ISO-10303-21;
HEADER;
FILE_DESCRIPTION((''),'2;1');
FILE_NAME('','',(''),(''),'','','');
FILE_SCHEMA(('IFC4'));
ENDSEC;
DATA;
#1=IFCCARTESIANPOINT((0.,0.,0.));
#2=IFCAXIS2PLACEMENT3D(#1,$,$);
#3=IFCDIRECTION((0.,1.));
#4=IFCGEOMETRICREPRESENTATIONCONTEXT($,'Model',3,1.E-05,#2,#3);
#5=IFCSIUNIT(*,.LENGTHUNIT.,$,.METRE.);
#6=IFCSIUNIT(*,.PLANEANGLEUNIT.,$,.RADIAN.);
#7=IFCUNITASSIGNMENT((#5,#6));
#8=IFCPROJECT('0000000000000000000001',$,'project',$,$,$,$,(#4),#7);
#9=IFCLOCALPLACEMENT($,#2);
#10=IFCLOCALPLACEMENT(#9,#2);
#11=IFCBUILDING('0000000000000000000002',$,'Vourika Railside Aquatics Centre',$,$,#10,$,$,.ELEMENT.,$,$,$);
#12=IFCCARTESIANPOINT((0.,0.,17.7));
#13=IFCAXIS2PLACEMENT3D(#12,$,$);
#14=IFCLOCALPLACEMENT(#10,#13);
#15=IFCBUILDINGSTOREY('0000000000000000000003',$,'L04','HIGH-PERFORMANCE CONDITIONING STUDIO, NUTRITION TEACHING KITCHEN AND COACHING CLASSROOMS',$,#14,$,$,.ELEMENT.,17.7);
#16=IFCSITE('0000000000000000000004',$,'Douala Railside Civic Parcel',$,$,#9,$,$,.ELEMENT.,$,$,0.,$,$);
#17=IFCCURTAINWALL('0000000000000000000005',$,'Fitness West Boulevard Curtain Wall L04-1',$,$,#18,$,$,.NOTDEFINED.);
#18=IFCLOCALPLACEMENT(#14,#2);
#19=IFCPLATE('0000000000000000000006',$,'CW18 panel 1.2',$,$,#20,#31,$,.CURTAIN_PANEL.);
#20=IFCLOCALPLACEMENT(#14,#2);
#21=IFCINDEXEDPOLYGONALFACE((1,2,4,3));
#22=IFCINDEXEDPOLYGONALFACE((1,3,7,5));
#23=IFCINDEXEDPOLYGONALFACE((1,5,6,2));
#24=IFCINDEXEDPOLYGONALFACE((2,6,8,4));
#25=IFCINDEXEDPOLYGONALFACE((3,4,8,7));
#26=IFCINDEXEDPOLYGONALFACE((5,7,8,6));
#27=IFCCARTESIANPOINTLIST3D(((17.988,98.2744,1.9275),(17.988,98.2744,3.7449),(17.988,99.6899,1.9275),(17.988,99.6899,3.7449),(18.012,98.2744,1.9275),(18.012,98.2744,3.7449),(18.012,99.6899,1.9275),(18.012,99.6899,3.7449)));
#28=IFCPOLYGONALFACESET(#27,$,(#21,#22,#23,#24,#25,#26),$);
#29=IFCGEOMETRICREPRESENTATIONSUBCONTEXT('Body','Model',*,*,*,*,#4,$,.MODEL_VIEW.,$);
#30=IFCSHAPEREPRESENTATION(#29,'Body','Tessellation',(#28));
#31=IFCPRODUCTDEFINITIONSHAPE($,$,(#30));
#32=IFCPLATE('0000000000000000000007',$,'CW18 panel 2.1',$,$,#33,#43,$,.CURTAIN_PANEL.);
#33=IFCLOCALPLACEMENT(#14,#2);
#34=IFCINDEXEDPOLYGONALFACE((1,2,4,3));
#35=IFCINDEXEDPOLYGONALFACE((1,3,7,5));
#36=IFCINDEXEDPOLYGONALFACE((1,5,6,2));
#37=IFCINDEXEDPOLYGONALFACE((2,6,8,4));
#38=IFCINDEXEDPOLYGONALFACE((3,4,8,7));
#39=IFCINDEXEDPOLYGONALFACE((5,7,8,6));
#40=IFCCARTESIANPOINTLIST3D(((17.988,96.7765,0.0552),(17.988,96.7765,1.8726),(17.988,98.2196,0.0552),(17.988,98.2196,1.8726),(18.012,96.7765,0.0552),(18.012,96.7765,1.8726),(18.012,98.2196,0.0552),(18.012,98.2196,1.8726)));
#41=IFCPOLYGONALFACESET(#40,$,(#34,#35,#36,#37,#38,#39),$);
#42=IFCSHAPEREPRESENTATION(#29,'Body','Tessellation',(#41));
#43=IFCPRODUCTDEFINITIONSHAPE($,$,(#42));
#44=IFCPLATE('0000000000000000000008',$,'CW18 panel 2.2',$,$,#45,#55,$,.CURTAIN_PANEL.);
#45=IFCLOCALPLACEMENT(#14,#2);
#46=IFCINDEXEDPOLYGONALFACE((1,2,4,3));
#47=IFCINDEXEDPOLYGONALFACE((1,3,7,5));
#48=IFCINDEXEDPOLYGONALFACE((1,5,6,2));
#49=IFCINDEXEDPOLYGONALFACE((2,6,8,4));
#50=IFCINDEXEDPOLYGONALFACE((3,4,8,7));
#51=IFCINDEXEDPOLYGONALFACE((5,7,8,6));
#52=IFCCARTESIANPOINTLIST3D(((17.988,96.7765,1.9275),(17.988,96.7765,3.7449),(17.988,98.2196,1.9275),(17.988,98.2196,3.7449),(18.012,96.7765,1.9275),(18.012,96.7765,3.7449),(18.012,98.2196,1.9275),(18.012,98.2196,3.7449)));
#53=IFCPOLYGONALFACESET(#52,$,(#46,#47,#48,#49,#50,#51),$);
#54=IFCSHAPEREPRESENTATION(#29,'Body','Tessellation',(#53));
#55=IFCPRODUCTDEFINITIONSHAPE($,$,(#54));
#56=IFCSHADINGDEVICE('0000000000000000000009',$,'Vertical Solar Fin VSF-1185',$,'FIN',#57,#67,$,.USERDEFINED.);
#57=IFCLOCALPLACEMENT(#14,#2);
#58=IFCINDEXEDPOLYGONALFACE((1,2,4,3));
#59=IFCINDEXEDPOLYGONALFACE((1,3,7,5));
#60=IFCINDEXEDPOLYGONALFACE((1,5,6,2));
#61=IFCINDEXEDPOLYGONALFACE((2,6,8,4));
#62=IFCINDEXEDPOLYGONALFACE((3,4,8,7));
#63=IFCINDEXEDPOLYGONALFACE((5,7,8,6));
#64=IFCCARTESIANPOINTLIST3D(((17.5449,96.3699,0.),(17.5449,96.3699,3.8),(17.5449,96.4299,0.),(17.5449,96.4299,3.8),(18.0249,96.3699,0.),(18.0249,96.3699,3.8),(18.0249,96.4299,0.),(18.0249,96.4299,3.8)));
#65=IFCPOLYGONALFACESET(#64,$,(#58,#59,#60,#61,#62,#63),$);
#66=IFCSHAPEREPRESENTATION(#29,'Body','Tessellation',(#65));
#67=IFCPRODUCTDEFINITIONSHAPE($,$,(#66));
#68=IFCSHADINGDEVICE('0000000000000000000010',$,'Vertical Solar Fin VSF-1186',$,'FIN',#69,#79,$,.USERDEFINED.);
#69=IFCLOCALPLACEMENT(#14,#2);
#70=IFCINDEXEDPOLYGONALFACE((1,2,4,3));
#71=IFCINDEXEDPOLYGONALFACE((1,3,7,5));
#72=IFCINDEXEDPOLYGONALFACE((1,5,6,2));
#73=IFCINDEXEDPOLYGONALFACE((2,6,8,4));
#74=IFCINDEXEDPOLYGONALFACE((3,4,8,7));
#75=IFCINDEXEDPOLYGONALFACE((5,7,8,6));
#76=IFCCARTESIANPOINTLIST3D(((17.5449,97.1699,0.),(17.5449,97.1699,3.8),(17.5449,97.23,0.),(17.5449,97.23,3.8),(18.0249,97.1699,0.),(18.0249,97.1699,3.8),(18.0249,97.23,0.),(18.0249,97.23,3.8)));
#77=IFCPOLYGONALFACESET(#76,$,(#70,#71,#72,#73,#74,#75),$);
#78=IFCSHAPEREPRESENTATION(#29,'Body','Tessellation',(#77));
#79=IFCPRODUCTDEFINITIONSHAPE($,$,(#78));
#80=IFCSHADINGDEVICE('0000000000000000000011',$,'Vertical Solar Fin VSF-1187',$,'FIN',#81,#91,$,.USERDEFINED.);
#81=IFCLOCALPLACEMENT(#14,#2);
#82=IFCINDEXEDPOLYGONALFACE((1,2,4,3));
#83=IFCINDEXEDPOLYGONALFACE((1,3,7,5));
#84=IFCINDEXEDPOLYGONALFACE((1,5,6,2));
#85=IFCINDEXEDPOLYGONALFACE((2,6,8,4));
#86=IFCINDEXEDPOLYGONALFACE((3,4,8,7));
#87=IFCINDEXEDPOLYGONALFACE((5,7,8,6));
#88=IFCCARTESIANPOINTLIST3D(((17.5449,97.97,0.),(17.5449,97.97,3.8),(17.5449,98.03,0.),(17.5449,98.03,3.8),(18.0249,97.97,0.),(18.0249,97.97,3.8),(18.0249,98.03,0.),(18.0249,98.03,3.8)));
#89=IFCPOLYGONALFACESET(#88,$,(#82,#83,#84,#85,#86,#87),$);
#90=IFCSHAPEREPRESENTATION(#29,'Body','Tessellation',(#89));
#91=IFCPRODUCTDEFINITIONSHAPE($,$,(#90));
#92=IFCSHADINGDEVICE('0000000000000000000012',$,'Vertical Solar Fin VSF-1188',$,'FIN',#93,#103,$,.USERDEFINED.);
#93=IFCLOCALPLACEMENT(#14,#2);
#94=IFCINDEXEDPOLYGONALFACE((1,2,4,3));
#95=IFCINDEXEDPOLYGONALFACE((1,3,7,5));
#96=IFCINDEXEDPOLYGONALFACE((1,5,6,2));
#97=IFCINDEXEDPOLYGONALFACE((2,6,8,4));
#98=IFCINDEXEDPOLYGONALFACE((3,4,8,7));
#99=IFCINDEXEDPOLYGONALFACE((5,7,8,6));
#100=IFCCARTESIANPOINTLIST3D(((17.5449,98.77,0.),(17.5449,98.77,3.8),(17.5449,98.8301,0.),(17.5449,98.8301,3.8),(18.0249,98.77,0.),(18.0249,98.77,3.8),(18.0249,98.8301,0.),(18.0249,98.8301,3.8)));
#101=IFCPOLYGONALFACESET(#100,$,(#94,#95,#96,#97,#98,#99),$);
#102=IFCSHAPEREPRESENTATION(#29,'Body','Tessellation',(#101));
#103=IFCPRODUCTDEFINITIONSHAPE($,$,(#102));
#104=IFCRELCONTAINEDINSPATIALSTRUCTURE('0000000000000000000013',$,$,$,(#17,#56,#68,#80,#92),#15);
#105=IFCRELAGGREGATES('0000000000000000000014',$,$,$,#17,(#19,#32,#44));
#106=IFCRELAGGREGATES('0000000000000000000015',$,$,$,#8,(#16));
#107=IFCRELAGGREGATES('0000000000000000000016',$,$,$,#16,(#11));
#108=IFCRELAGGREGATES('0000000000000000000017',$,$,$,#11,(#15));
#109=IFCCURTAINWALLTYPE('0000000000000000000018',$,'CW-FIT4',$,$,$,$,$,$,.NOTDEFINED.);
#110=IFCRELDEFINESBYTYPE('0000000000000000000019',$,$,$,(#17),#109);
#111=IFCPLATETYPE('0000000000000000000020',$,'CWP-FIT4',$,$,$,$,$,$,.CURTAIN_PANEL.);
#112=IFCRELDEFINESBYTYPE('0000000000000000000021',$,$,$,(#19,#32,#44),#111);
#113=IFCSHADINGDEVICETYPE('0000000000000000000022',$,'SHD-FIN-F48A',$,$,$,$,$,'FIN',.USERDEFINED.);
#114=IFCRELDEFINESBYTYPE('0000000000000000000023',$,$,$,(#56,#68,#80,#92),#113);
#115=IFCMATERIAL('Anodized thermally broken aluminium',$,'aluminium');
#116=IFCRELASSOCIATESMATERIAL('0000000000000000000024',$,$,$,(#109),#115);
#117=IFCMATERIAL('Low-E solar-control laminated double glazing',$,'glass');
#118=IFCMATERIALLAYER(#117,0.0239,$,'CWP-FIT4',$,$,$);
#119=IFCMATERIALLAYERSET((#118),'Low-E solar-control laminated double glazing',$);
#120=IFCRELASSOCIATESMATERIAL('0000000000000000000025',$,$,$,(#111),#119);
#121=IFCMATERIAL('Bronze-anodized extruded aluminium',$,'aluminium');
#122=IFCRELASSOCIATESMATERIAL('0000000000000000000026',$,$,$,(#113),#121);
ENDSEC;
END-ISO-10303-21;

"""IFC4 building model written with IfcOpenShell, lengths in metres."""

from ifc_helpers import new_model, si_unit, direction, frame, origin, origin_2d, place, context, subcontext, project, spatial, rectangle, extrude, material, layer, layer_set, material_profile, profile_set, type_object, element, aggregate, save


model = new_model("IFC4")

# Units and contexts
model_context = context("Model", 3, precision=1e-05, world=origin(), true_north=direction((0.0, 1.0)))
body_context = subcontext(model_context, "Body", "Model", "MODEL_VIEW")
ifc_project = project(units=[si_unit("LENGTHUNIT", "METRE"), si_unit("PLANEANGLEUNIT", "RADIAN")], contexts=[model_context])

# Site, building, storey
site_placement = place(None, origin())
site = spatial("IfcSite", under=ifc_project, at=site_placement, Name="Douala Railside Civic Parcel", CompositionType="ELEMENT", RefElevation=0.0)
building_placement = place(site_placement, origin())
building = spatial("IfcBuilding", under=site, at=building_placement, Name="Vourika Railside Aquatics Centre", CompositionType="ELEMENT")
storey_placement = place(building_placement, frame((0.0, 0.0, 17.7)))
storey = spatial("IfcBuildingStorey", under=building, at=storey_placement, Name="L04", Description="HIGH-PERFORMANCE CONDITIONING STUDIO, NUTRITION TEACHING KITCHEN AND COACHING CLASSROOMS", CompositionType="ELEMENT", Elevation=17.7)

# Curtain wall, plates
ifc_material_1 = material(Name="Anodized thermally broken aluminium", Category="aluminium")
curtain_wall_type = type_object("IfcCurtainWallType", Name="CW-FIT4", PredefinedType="NOTDEFINED", material=ifc_material_1)
curtain_wall_placement = place(storey_placement, origin())
curtain_wall = element("IfcCurtainWall", 1, at=curtain_wall_placement, inside=storey, type_object=curtain_wall_type, Name="Fitness West Boulevard Curtain Wall L04-1", PredefinedType="NOTDEFINED")
ifc_material_2 = material(Name="Low-E solar-control laminated double glazing", Category="glass")
ifc_layer = layer(ifc_material_2, 0.0239, Name="CWP-FIT4")
ifc_layer_set = layer_set([ifc_layer], Name="Low-E solar-control laminated double glazing")
plate_type = type_object("IfcPlateType", Name="CWP-FIT4", PredefinedType="CURTAIN_PANEL", material=ifc_layer_set)
plate_1_placement = place(storey_placement, frame((18.0, 98.9822, 1.9275), z_axis=(0.0, 0.0, 1.0), x_axis=(0.0, -1.0, 0.0)))
plate_1 = element("IfcPlate", 2, at=plate_1_placement, type_object=plate_type, Name="CW18 panel 1.2", PredefinedType="CURTAIN_PANEL", context=body_context, shape_type="SweptSolid", body=[
    extrude(rectangle(XDim=1.4155, YDim=0.0239, at=origin_2d()), origin(), (0.0, 0.0, 1.0), 1.8174),
])
plate_2_placement = place(storey_placement, frame((18.0, 97.498, 0.0552), z_axis=(0.0, 0.0, 1.0), x_axis=(0.0, -1.0, 0.0)))
plate_2 = element("IfcPlate", 3, at=plate_2_placement, type_object=plate_type, Name="CW18 panel 2.1", PredefinedType="CURTAIN_PANEL", context=body_context, shape_type="SweptSolid", body=[
    extrude(rectangle(XDim=1.4431, YDim=0.0239, at=origin_2d()), origin(), (0.0, 0.0, 1.0), 1.8174),
])
plate_3_placement = place(storey_placement, frame((18.0, 97.498, 1.9275), z_axis=(0.0, 0.0, 1.0), x_axis=(0.0, -1.0, 0.0)))
plate_3 = element("IfcPlate", 4, at=plate_3_placement, type_object=plate_type, Name="CW18 panel 2.2", PredefinedType="CURTAIN_PANEL", context=body_context, shape_type="SweptSolid", body=[
    extrude(rectangle(XDim=1.4431, YDim=0.0239, at=origin_2d()), origin(), (0.0, 0.0, 1.0), 1.8174),
])
aggregate(curtain_wall, [plate_1, plate_2, plate_3])

# Shading devices
ifc_material_3 = material(Name="Bronze-anodized extruded aluminium", Category="aluminium")
ifc_material_profile_1 = material_profile(ifc_material_3, rectangle(XDim=0.0601, YDim=0.48, at=origin_2d()), Name="ALU-FIN 60x480")
ifc_profile_set_1 = profile_set([ifc_material_profile_1], Name="Bronze-anodized extruded aluminium")
shading_device_type = type_object("IfcShadingDeviceType", Name="SHD-FIN-F48A", ElementType="FIN", PredefinedType="USERDEFINED", material=ifc_profile_set_1)
for number, where, z_axis, x_axis, name in (
    (5, (17.7849, 96.3999, 0.0), (0.0, 0.0, 1.0), (0.0, 1.0, 0.0), "Vertical Solar Fin VSF-1185"),
    (6, (17.7849, 97.2, 0.0), (0.0, 0.0, 1.0), (0.0, 1.0, 0.0), "Vertical Solar Fin VSF-1186"),
    (7, (17.7849, 98.0, 0.0), (0.0, 0.0, 1.0), (0.0, 1.0, 0.0), "Vertical Solar Fin VSF-1187"),
    (8, (17.7849, 98.8, 0.0), (0.0, 0.0, 1.0), (0.0, 1.0, 0.0), "Vertical Solar Fin VSF-1188"),
):
    element("IfcShadingDevice", number, at=place(storey_placement, frame(where, z_axis=z_axis, x_axis=x_axis)), inside=storey, type_object=shading_device_type, Name=name, ObjectType="FIN", PredefinedType="USERDEFINED", context=body_context, shape_type="SweptSolid", body=[
        extrude(rectangle(XDim=0.0601, YDim=0.48, at=origin_2d()), origin(), (0.0, 0.0, 1.0), 3.8),
    ])

save(model, "model.ifc")
